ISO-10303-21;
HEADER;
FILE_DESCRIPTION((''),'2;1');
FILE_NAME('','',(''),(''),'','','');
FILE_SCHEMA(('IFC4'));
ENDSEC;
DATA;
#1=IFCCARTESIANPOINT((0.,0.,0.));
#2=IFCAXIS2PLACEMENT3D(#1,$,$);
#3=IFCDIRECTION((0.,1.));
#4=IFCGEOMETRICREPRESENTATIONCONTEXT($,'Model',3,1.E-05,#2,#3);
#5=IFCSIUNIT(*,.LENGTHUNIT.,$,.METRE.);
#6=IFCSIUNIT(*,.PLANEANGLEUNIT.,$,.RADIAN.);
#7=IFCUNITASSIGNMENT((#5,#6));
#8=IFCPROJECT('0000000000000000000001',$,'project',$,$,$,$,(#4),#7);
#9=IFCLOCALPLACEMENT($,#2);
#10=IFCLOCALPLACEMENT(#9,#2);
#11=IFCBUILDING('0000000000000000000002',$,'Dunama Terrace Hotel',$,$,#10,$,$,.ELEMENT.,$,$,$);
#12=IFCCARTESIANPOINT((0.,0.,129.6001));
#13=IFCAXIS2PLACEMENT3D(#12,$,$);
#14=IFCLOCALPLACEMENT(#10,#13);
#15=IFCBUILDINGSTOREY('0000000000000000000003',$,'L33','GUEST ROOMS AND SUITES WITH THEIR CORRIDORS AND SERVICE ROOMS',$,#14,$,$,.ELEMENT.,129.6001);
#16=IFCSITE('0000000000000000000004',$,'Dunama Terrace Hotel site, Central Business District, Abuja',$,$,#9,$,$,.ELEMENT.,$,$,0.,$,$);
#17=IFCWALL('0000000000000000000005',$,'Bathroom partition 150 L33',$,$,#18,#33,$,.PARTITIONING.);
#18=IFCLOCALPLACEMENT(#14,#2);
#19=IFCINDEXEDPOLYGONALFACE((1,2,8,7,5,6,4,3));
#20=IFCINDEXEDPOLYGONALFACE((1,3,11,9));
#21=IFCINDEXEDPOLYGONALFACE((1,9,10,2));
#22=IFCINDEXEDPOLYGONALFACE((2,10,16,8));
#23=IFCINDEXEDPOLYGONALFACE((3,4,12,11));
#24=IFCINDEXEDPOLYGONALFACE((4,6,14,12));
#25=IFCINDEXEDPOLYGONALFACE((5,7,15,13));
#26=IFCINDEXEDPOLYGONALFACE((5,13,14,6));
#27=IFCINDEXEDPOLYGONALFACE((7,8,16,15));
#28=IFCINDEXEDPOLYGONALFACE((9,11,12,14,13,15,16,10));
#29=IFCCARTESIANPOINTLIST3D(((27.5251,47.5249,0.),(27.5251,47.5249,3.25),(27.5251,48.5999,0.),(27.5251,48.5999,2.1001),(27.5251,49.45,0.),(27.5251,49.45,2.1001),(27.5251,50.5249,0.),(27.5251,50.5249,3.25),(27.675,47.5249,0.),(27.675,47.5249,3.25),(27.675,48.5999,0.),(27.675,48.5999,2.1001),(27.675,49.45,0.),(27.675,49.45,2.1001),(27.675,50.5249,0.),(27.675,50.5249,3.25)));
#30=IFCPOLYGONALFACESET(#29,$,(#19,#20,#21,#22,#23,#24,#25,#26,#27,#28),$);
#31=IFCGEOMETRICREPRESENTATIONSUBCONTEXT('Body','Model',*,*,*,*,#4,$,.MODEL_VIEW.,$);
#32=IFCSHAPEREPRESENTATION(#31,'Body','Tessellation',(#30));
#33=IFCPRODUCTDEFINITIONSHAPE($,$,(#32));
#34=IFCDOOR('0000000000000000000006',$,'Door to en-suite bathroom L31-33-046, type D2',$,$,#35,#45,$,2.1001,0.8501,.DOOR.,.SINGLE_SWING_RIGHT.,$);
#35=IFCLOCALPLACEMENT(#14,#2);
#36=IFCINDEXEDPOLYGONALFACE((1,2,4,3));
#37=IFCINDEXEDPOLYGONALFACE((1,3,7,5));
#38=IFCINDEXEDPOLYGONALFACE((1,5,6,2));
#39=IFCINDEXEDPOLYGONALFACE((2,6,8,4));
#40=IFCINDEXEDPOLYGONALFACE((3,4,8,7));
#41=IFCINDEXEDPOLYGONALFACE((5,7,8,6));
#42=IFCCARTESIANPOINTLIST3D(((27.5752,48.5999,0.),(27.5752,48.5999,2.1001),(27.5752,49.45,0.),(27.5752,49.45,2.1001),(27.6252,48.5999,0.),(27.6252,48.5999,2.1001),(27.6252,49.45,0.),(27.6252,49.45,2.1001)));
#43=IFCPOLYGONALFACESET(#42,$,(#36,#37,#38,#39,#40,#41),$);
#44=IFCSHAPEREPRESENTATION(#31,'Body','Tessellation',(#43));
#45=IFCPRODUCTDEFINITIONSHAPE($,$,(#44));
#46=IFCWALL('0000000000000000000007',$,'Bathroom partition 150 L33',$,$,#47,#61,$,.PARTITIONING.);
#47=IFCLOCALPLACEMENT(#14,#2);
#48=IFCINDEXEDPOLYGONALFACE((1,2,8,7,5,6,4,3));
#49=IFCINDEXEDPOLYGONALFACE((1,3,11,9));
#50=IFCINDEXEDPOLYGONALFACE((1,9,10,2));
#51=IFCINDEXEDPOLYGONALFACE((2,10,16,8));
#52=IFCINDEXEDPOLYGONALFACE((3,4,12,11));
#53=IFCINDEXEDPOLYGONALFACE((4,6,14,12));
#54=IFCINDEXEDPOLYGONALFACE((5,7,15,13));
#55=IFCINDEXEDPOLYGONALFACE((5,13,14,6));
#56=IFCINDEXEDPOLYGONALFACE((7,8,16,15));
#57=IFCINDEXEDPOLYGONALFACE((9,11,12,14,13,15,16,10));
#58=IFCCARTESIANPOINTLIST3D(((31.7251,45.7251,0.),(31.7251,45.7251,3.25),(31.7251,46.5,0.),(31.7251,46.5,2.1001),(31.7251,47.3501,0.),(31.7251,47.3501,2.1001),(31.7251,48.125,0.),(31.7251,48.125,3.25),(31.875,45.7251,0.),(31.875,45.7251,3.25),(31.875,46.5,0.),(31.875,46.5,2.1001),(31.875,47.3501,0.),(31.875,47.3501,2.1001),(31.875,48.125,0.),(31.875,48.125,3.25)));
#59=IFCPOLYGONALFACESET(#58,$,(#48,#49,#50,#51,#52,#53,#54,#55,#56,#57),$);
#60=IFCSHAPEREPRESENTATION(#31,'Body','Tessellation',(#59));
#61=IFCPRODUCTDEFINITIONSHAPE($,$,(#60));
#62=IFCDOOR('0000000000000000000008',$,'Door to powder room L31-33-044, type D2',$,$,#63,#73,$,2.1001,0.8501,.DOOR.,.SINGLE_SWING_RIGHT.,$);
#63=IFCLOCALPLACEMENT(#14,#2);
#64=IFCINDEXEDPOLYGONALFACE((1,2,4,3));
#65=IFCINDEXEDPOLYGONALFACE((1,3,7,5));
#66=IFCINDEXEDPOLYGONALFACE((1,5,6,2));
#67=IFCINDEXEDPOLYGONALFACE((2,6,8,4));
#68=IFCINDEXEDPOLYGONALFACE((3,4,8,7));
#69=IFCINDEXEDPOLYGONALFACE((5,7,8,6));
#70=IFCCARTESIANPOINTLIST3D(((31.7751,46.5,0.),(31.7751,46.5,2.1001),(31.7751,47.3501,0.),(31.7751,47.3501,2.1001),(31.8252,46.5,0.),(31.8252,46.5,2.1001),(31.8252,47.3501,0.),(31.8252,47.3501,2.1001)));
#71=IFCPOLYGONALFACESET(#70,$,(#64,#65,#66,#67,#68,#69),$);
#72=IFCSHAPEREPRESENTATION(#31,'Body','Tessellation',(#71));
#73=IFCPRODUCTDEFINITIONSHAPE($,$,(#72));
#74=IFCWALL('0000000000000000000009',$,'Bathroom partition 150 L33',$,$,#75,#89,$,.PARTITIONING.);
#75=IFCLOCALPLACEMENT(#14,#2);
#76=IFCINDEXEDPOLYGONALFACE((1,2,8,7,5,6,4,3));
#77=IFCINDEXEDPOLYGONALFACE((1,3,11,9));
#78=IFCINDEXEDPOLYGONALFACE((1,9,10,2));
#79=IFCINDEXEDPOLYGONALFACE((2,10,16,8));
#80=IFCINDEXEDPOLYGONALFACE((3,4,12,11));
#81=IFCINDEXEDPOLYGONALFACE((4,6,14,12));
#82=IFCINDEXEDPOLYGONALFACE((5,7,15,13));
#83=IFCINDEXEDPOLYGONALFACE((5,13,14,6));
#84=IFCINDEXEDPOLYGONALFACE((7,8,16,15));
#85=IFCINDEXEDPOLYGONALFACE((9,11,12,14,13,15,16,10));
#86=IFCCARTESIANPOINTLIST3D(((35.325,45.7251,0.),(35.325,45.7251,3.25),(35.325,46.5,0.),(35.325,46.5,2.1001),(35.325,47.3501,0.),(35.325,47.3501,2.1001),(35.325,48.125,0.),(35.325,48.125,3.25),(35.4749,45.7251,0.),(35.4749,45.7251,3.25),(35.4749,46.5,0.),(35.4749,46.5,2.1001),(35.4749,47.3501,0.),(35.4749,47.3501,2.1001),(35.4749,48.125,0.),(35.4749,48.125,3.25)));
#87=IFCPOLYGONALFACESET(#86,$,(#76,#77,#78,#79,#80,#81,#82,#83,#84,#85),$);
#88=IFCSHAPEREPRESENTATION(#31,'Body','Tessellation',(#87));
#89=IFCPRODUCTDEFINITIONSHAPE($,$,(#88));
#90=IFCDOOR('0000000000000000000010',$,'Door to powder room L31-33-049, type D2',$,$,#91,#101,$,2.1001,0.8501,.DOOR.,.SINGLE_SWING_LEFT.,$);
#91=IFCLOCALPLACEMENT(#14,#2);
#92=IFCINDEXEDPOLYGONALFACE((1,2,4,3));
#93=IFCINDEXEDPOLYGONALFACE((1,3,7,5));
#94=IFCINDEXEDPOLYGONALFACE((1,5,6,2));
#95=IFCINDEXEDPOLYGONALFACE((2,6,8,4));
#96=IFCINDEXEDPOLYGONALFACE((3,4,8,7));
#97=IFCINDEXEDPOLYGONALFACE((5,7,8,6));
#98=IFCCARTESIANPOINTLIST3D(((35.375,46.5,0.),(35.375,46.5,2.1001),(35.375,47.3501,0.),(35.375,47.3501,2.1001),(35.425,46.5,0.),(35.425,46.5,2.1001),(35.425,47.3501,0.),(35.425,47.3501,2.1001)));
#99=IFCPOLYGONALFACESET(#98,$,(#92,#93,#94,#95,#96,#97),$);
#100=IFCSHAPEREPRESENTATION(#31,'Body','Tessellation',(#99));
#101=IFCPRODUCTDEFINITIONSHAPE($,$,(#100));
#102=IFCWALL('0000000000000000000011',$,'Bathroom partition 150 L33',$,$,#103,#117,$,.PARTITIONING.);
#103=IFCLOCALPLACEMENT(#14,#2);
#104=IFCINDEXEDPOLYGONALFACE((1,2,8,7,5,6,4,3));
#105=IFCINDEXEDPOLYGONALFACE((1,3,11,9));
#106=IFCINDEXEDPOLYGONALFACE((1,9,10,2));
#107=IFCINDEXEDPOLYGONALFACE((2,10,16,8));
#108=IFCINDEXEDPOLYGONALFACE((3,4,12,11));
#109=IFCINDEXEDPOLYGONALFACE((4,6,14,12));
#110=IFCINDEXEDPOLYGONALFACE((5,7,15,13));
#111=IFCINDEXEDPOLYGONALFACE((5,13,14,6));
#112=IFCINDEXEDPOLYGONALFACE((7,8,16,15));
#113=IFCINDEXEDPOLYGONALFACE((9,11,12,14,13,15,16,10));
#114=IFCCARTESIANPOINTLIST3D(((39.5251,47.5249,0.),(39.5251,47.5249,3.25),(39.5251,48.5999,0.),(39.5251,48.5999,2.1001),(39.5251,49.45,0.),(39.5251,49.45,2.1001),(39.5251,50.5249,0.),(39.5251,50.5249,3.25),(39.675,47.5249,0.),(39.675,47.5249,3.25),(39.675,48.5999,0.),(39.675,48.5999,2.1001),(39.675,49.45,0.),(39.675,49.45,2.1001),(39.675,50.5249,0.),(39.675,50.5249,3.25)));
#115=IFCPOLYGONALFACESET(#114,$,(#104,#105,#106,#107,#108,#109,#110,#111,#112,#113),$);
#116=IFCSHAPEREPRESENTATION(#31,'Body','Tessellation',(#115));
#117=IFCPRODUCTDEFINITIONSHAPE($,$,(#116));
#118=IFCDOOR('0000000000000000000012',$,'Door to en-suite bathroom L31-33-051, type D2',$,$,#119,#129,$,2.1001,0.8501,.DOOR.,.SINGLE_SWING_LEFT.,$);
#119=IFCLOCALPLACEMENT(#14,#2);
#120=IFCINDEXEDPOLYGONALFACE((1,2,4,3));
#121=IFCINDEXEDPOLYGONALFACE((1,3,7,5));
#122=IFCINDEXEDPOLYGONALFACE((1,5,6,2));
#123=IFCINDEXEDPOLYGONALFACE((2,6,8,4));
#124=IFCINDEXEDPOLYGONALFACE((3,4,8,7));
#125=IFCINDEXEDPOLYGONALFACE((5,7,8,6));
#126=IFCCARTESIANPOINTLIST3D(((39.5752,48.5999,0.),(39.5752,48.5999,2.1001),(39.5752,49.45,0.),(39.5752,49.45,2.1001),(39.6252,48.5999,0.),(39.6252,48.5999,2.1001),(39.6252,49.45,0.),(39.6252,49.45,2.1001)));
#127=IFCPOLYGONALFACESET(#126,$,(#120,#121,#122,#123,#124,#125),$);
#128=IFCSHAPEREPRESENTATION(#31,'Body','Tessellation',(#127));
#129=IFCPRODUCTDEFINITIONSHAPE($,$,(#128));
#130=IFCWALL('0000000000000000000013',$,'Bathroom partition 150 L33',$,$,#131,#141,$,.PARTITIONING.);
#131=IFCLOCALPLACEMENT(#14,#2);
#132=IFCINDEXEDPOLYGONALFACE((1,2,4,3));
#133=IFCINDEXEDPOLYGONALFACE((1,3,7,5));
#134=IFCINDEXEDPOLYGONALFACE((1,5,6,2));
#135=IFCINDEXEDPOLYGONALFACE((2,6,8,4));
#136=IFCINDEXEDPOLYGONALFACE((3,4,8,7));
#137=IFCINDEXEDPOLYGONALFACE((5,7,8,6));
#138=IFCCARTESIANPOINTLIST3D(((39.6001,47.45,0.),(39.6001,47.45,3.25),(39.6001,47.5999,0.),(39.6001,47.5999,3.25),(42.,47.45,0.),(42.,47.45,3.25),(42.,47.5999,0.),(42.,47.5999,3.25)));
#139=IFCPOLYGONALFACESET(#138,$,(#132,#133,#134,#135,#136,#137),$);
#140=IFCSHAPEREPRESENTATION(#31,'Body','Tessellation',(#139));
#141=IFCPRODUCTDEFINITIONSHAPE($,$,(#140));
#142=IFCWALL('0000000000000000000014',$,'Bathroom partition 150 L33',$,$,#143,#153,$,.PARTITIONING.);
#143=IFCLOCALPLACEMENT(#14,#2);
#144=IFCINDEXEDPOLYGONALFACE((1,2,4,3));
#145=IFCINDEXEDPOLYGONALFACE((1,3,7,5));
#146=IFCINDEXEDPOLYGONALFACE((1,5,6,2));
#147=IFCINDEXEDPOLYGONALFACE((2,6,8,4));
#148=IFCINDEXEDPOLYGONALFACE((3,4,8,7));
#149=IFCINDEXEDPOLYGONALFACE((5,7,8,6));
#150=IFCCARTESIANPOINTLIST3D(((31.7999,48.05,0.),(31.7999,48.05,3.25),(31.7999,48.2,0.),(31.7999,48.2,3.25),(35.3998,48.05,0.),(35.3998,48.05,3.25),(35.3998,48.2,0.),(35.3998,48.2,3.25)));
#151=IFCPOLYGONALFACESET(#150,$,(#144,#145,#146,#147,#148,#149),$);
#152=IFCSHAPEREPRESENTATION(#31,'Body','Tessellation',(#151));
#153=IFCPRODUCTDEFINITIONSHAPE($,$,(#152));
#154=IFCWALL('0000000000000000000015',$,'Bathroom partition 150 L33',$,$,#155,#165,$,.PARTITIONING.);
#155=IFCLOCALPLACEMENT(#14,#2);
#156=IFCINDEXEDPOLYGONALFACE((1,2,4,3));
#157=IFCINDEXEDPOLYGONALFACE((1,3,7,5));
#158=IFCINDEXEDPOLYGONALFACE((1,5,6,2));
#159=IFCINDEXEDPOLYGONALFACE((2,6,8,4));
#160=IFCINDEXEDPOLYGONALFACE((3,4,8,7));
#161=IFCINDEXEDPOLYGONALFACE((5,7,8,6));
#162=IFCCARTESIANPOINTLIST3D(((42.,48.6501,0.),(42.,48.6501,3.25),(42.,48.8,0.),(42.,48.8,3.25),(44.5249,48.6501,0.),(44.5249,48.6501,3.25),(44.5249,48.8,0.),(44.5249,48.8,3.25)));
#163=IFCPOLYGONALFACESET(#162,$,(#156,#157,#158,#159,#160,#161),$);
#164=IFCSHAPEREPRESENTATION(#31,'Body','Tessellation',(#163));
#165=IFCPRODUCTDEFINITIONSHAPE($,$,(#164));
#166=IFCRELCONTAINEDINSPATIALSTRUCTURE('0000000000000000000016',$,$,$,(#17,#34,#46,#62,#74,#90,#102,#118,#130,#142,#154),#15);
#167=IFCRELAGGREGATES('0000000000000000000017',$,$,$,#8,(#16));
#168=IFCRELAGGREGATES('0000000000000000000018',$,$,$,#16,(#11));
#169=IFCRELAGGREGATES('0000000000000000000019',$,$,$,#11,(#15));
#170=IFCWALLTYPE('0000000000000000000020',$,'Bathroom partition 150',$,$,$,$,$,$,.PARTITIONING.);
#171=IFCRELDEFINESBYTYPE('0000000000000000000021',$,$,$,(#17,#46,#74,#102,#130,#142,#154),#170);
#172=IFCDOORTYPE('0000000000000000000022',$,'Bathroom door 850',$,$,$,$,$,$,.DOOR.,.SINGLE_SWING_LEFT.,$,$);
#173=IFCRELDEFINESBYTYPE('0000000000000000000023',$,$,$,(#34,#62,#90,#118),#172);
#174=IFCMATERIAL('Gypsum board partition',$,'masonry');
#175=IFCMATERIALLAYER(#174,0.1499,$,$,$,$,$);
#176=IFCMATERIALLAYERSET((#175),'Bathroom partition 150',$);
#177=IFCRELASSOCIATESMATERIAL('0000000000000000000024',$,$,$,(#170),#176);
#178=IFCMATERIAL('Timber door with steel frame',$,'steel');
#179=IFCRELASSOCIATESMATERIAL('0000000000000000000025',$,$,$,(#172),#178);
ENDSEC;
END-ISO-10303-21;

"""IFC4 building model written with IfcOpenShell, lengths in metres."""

from ifc_helpers import new_model, si_unit, direction, frame, frame_2d, origin, place, context, subcontext, project, spatial, rectangle, extrude, material, layer, layer_set, type_object, element, fill, save


model = new_model("IFC4")

# Units and contexts
model_context = context("Model", 3, precision=1e-05, world=origin(), true_north=direction((0.0, 1.0)))
body_context = subcontext(model_context, "Body", "Model", "MODEL_VIEW")
ifc_project = project(units=[si_unit("LENGTHUNIT", "METRE"), si_unit("PLANEANGLEUNIT", "RADIAN")], contexts=[model_context])

# Site, building, storey
site_placement = place(None, origin())
site = spatial("IfcSite", under=ifc_project, at=site_placement, Name="Dunama Terrace Hotel site, Central Business District, Abuja", CompositionType="ELEMENT", RefElevation=0.0)
building_placement = place(site_placement, origin())
building = spatial("IfcBuilding", under=site, at=building_placement, Name="Dunama Terrace Hotel", CompositionType="ELEMENT")
storey_placement = place(building_placement, frame((0.0, 0.0, 129.6001)))
storey = spatial("IfcBuildingStorey", under=building, at=storey_placement, Name="L33", Description="GUEST ROOMS AND SUITES WITH THEIR CORRIDORS AND SERVICE ROOMS", CompositionType="ELEMENT", Elevation=129.6001)

# Walls, openings, doors
ifc_material_1 = material(Name="Gypsum board partition", Category="masonry")
ifc_layer_1 = layer(ifc_material_1, 0.1499)
ifc_layer_set_1 = layer_set([ifc_layer_1], Name="Bathroom partition 150")
wall_type_1 = type_object("IfcWallType", Name="Bathroom partition 150", PredefinedType="PARTITIONING", material=ifc_layer_set_1)
wall_1_placement = place(storey_placement, frame((27.6001, 47.5249, 0.0), z_axis=(0.0, 0.0, 1.0), x_axis=(0.0, 1.0, 0.0)))
wall_1 = element("IfcWall", 1, at=wall_1_placement, inside=storey, type_object=wall_type_1, Name="Bathroom partition 150 L33", PredefinedType="PARTITIONING", context=body_context, shape_type="SweptSolid", body=[
    extrude(rectangle(XDim=3.0, YDim=0.1499, at=frame_2d((1.5, 0.0))), origin(), (0.0, 0.0, 1.0), 3.25),
])
opening_1_placement = place(wall_1_placement, frame((1.075, 0.0, 0.0)))
opening_1 = element("IfcOpeningElement", 2, at=opening_1_placement, cuts=wall_1, PredefinedType="OPENING", context=body_context, shape_type="SweptSolid", body=[
    extrude(rectangle(XDim=0.8501, YDim=2.1001, at=frame_2d((0.425, 1.05))), frame((0.0, 0.085, 0.0), z_axis=(0.0, -1.0, 0.0), x_axis=(1.0, 0.0, 0.0)), (0.0, 0.0, 1.0), 0.1699),
])
ifc_material_2 = material(Name="Timber door with steel frame", Category="steel")
door_type_1 = type_object("IfcDoorType", Name="Bathroom door 850", OperationType="SINGLE_SWING_LEFT", PredefinedType="DOOR", material=ifc_material_2)
door_1_placement = place(opening_1_placement, origin())
door_1 = element("IfcDoor", 3, at=door_1_placement, inside=storey, type_object=door_type_1, Name="Door to en-suite bathroom L31-33-046, type D2", OperationType="SINGLE_SWING_RIGHT", OverallHeight=2.1001, OverallWidth=0.8501, PredefinedType="DOOR", context=body_context, shape_type="SweptSolid", body=[
    extrude(rectangle(XDim=0.8501, YDim=2.1001, at=frame_2d((0.425, 1.05))), frame((0.0, 0.0249, 0.0), z_axis=(0.0, -1.0, 0.0), x_axis=(1.0, 0.0, 0.0)), (0.0, 0.0, 1.0), 0.05),
])
fill(opening_1, door_1)
wall_2_placement = place(storey_placement, frame((31.8, 45.7251, 0.0), z_axis=(0.0, 0.0, 1.0), x_axis=(0.0, 1.0, 0.0)))
wall_2 = element("IfcWall", 4, at=wall_2_placement, inside=storey, type_object=wall_type_1, Name="Bathroom partition 150 L33", PredefinedType="PARTITIONING", context=body_context, shape_type="SweptSolid", body=[
    extrude(rectangle(XDim=2.3999, YDim=0.1499, at=frame_2d((1.2, 0.0))), origin(), (0.0, 0.0, 1.0), 3.25),
])
opening_2_placement = place(wall_2_placement, frame((0.7749, 0.0, 0.0)))
opening_2 = element("IfcOpeningElement", 5, at=opening_2_placement, cuts=wall_2, PredefinedType="OPENING", context=body_context, shape_type="SweptSolid", body=[
    extrude(rectangle(XDim=0.8501, YDim=2.1001, at=frame_2d((0.425, 1.05))), frame((0.0, 0.085, 0.0), z_axis=(0.0, -1.0, 0.0), x_axis=(1.0, 0.0, 0.0)), (0.0, 0.0, 1.0), 0.1699),
])
door_2_placement = place(opening_2_placement, frame((0.8501, 0.0, 0.0), z_axis=(0.0, 0.0, 1.0), x_axis=(-1.0, 0.0, 0.0)))
door_2 = element("IfcDoor", 6, at=door_2_placement, inside=storey, type_object=door_type_1, Name="Door to powder room L31-33-044, type D2", OperationType="SINGLE_SWING_RIGHT", OverallHeight=2.1001, OverallWidth=0.8501, PredefinedType="DOOR", context=body_context, shape_type="SweptSolid", body=[
    extrude(rectangle(XDim=0.8501, YDim=2.1001, at=frame_2d((0.425, 1.05))), frame((0.0, 0.0251, 0.0), z_axis=(0.0, -1.0, 0.0), x_axis=(1.0, 0.0, 0.0)), (0.0, 0.0, 1.0), 0.05),
])
fill(opening_2, door_2)
wall_3_placement = place(storey_placement, frame((35.3999, 45.7251, 0.0), z_axis=(0.0, 0.0, 1.0), x_axis=(0.0, 1.0, 0.0)))
wall_3 = element("IfcWall", 7, at=wall_3_placement, inside=storey, type_object=wall_type_1, Name="Bathroom partition 150 L33", PredefinedType="PARTITIONING", context=body_context, shape_type="SweptSolid", body=[
    extrude(rectangle(XDim=2.3999, YDim=0.1499, at=frame_2d((1.2, 0.0))), origin(), (0.0, 0.0, 1.0), 3.25),
])
opening_3_placement = place(wall_3_placement, frame((0.7749, 0.0, 0.0)))
opening_3 = element("IfcOpeningElement", 8, at=opening_3_placement, cuts=wall_3, PredefinedType="OPENING", context=body_context, shape_type="SweptSolid", body=[
    extrude(rectangle(XDim=0.8501, YDim=2.1001, at=frame_2d((0.425, 1.05))), frame((0.0, 0.085, 0.0), z_axis=(0.0, -1.0, 0.0), x_axis=(1.0, 0.0, 0.0)), (0.0, 0.0, 1.0), 0.1699),
])
door_3_placement = place(opening_3_placement, origin())
door_3 = element("IfcDoor", 9, at=door_3_placement, inside=storey, type_object=door_type_1, Name="Door to powder room L31-33-049, type D2", OperationType="SINGLE_SWING_LEFT", OverallHeight=2.1001, OverallWidth=0.8501, PredefinedType="DOOR", context=body_context, shape_type="SweptSolid", body=[
    extrude(rectangle(XDim=0.8501, YDim=2.1001, at=frame_2d((0.425, 1.05))), frame((0.0, 0.0249, 0.0), z_axis=(0.0, -1.0, 0.0), x_axis=(1.0, 0.0, 0.0)), (0.0, 0.0, 1.0), 0.05),
])
fill(opening_3, door_3)
wall_4_placement = place(storey_placement, frame((39.6001, 47.5249, 0.0), z_axis=(0.0, 0.0, 1.0), x_axis=(0.0, 1.0, 0.0)))
wall_4 = element("IfcWall", 10, at=wall_4_placement, inside=storey, type_object=wall_type_1, Name="Bathroom partition 150 L33", PredefinedType="PARTITIONING", context=body_context, shape_type="SweptSolid", body=[
    extrude(rectangle(XDim=3.0, YDim=0.1499, at=frame_2d((1.5, 0.0))), origin(), (0.0, 0.0, 1.0), 3.25),
])
opening_4_placement = place(wall_4_placement, frame((1.075, 0.0, 0.0)))
opening_4 = element("IfcOpeningElement", 11, at=opening_4_placement, cuts=wall_4, PredefinedType="OPENING", context=body_context, shape_type="SweptSolid", body=[
    extrude(rectangle(XDim=0.8501, YDim=2.1001, at=frame_2d((0.425, 1.05))), frame((0.0, 0.085, 0.0), z_axis=(0.0, -1.0, 0.0), x_axis=(1.0, 0.0, 0.0)), (0.0, 0.0, 1.0), 0.1699),
])
door_4_placement = place(opening_4_placement, frame((0.8501, 0.0, 0.0), z_axis=(0.0, 0.0, 1.0), x_axis=(-1.0, 0.0, 0.0)))
door_4 = element("IfcDoor", 12, at=door_4_placement, inside=storey, type_object=door_type_1, Name="Door to en-suite bathroom L31-33-051, type D2", OperationType="SINGLE_SWING_LEFT", OverallHeight=2.1001, OverallWidth=0.8501, PredefinedType="DOOR", context=body_context, shape_type="SweptSolid", body=[
    extrude(rectangle(XDim=0.8501, YDim=2.1001, at=frame_2d((0.425, 1.05))), frame((0.0, 0.0251, 0.0), z_axis=(0.0, -1.0, 0.0), x_axis=(1.0, 0.0, 0.0)), (0.0, 0.0, 1.0), 0.05),
])
fill(opening_4, door_4)

# Walls
wall_5_placement = place(storey_placement, frame((39.6001, 47.5249, 0.0), z_axis=(0.0, 0.0, 1.0), x_axis=(1.0, 0.0, 0.0)))
element("IfcWall", 13, at=wall_5_placement, inside=storey, type_object=wall_type_1, Name="Bathroom partition 150 L33", PredefinedType="PARTITIONING", context=body_context, shape_type="SweptSolid", body=[
    extrude(rectangle(XDim=2.3999, YDim=0.1499, at=frame_2d((1.2, 0.0))), origin(), (0.0, 0.0, 1.0), 3.25),
])
wall_6_placement = place(storey_placement, frame((31.8, 48.125, 0.0), z_axis=(0.0, 0.0, 1.0), x_axis=(1.0, 0.0, 0.0)))
element("IfcWall", 14, at=wall_6_placement, inside=storey, type_object=wall_type_1, Name="Bathroom partition 150 L33", PredefinedType="PARTITIONING", context=body_context, shape_type="SweptSolid", body=[
    extrude(rectangle(XDim=3.5999, YDim=0.1499, at=frame_2d((1.7998, 0.0))), origin(), (0.0, 0.0, 1.0), 3.25),
])
wall_7_placement = place(storey_placement, frame((42.0, 48.7251, 0.0), z_axis=(0.0, 0.0, 1.0), x_axis=(1.0, 0.0, 0.0)))
element("IfcWall", 15, at=wall_7_placement, inside=storey, type_object=wall_type_1, Name="Bathroom partition 150 L33", PredefinedType="PARTITIONING", context=body_context, shape_type="SweptSolid", body=[
    extrude(rectangle(XDim=2.5249, YDim=0.1499, at=frame_2d((1.2625, 0.0))), origin(), (0.0, 0.0, 1.0), 3.25),
])

save(model, "model.ifc")
